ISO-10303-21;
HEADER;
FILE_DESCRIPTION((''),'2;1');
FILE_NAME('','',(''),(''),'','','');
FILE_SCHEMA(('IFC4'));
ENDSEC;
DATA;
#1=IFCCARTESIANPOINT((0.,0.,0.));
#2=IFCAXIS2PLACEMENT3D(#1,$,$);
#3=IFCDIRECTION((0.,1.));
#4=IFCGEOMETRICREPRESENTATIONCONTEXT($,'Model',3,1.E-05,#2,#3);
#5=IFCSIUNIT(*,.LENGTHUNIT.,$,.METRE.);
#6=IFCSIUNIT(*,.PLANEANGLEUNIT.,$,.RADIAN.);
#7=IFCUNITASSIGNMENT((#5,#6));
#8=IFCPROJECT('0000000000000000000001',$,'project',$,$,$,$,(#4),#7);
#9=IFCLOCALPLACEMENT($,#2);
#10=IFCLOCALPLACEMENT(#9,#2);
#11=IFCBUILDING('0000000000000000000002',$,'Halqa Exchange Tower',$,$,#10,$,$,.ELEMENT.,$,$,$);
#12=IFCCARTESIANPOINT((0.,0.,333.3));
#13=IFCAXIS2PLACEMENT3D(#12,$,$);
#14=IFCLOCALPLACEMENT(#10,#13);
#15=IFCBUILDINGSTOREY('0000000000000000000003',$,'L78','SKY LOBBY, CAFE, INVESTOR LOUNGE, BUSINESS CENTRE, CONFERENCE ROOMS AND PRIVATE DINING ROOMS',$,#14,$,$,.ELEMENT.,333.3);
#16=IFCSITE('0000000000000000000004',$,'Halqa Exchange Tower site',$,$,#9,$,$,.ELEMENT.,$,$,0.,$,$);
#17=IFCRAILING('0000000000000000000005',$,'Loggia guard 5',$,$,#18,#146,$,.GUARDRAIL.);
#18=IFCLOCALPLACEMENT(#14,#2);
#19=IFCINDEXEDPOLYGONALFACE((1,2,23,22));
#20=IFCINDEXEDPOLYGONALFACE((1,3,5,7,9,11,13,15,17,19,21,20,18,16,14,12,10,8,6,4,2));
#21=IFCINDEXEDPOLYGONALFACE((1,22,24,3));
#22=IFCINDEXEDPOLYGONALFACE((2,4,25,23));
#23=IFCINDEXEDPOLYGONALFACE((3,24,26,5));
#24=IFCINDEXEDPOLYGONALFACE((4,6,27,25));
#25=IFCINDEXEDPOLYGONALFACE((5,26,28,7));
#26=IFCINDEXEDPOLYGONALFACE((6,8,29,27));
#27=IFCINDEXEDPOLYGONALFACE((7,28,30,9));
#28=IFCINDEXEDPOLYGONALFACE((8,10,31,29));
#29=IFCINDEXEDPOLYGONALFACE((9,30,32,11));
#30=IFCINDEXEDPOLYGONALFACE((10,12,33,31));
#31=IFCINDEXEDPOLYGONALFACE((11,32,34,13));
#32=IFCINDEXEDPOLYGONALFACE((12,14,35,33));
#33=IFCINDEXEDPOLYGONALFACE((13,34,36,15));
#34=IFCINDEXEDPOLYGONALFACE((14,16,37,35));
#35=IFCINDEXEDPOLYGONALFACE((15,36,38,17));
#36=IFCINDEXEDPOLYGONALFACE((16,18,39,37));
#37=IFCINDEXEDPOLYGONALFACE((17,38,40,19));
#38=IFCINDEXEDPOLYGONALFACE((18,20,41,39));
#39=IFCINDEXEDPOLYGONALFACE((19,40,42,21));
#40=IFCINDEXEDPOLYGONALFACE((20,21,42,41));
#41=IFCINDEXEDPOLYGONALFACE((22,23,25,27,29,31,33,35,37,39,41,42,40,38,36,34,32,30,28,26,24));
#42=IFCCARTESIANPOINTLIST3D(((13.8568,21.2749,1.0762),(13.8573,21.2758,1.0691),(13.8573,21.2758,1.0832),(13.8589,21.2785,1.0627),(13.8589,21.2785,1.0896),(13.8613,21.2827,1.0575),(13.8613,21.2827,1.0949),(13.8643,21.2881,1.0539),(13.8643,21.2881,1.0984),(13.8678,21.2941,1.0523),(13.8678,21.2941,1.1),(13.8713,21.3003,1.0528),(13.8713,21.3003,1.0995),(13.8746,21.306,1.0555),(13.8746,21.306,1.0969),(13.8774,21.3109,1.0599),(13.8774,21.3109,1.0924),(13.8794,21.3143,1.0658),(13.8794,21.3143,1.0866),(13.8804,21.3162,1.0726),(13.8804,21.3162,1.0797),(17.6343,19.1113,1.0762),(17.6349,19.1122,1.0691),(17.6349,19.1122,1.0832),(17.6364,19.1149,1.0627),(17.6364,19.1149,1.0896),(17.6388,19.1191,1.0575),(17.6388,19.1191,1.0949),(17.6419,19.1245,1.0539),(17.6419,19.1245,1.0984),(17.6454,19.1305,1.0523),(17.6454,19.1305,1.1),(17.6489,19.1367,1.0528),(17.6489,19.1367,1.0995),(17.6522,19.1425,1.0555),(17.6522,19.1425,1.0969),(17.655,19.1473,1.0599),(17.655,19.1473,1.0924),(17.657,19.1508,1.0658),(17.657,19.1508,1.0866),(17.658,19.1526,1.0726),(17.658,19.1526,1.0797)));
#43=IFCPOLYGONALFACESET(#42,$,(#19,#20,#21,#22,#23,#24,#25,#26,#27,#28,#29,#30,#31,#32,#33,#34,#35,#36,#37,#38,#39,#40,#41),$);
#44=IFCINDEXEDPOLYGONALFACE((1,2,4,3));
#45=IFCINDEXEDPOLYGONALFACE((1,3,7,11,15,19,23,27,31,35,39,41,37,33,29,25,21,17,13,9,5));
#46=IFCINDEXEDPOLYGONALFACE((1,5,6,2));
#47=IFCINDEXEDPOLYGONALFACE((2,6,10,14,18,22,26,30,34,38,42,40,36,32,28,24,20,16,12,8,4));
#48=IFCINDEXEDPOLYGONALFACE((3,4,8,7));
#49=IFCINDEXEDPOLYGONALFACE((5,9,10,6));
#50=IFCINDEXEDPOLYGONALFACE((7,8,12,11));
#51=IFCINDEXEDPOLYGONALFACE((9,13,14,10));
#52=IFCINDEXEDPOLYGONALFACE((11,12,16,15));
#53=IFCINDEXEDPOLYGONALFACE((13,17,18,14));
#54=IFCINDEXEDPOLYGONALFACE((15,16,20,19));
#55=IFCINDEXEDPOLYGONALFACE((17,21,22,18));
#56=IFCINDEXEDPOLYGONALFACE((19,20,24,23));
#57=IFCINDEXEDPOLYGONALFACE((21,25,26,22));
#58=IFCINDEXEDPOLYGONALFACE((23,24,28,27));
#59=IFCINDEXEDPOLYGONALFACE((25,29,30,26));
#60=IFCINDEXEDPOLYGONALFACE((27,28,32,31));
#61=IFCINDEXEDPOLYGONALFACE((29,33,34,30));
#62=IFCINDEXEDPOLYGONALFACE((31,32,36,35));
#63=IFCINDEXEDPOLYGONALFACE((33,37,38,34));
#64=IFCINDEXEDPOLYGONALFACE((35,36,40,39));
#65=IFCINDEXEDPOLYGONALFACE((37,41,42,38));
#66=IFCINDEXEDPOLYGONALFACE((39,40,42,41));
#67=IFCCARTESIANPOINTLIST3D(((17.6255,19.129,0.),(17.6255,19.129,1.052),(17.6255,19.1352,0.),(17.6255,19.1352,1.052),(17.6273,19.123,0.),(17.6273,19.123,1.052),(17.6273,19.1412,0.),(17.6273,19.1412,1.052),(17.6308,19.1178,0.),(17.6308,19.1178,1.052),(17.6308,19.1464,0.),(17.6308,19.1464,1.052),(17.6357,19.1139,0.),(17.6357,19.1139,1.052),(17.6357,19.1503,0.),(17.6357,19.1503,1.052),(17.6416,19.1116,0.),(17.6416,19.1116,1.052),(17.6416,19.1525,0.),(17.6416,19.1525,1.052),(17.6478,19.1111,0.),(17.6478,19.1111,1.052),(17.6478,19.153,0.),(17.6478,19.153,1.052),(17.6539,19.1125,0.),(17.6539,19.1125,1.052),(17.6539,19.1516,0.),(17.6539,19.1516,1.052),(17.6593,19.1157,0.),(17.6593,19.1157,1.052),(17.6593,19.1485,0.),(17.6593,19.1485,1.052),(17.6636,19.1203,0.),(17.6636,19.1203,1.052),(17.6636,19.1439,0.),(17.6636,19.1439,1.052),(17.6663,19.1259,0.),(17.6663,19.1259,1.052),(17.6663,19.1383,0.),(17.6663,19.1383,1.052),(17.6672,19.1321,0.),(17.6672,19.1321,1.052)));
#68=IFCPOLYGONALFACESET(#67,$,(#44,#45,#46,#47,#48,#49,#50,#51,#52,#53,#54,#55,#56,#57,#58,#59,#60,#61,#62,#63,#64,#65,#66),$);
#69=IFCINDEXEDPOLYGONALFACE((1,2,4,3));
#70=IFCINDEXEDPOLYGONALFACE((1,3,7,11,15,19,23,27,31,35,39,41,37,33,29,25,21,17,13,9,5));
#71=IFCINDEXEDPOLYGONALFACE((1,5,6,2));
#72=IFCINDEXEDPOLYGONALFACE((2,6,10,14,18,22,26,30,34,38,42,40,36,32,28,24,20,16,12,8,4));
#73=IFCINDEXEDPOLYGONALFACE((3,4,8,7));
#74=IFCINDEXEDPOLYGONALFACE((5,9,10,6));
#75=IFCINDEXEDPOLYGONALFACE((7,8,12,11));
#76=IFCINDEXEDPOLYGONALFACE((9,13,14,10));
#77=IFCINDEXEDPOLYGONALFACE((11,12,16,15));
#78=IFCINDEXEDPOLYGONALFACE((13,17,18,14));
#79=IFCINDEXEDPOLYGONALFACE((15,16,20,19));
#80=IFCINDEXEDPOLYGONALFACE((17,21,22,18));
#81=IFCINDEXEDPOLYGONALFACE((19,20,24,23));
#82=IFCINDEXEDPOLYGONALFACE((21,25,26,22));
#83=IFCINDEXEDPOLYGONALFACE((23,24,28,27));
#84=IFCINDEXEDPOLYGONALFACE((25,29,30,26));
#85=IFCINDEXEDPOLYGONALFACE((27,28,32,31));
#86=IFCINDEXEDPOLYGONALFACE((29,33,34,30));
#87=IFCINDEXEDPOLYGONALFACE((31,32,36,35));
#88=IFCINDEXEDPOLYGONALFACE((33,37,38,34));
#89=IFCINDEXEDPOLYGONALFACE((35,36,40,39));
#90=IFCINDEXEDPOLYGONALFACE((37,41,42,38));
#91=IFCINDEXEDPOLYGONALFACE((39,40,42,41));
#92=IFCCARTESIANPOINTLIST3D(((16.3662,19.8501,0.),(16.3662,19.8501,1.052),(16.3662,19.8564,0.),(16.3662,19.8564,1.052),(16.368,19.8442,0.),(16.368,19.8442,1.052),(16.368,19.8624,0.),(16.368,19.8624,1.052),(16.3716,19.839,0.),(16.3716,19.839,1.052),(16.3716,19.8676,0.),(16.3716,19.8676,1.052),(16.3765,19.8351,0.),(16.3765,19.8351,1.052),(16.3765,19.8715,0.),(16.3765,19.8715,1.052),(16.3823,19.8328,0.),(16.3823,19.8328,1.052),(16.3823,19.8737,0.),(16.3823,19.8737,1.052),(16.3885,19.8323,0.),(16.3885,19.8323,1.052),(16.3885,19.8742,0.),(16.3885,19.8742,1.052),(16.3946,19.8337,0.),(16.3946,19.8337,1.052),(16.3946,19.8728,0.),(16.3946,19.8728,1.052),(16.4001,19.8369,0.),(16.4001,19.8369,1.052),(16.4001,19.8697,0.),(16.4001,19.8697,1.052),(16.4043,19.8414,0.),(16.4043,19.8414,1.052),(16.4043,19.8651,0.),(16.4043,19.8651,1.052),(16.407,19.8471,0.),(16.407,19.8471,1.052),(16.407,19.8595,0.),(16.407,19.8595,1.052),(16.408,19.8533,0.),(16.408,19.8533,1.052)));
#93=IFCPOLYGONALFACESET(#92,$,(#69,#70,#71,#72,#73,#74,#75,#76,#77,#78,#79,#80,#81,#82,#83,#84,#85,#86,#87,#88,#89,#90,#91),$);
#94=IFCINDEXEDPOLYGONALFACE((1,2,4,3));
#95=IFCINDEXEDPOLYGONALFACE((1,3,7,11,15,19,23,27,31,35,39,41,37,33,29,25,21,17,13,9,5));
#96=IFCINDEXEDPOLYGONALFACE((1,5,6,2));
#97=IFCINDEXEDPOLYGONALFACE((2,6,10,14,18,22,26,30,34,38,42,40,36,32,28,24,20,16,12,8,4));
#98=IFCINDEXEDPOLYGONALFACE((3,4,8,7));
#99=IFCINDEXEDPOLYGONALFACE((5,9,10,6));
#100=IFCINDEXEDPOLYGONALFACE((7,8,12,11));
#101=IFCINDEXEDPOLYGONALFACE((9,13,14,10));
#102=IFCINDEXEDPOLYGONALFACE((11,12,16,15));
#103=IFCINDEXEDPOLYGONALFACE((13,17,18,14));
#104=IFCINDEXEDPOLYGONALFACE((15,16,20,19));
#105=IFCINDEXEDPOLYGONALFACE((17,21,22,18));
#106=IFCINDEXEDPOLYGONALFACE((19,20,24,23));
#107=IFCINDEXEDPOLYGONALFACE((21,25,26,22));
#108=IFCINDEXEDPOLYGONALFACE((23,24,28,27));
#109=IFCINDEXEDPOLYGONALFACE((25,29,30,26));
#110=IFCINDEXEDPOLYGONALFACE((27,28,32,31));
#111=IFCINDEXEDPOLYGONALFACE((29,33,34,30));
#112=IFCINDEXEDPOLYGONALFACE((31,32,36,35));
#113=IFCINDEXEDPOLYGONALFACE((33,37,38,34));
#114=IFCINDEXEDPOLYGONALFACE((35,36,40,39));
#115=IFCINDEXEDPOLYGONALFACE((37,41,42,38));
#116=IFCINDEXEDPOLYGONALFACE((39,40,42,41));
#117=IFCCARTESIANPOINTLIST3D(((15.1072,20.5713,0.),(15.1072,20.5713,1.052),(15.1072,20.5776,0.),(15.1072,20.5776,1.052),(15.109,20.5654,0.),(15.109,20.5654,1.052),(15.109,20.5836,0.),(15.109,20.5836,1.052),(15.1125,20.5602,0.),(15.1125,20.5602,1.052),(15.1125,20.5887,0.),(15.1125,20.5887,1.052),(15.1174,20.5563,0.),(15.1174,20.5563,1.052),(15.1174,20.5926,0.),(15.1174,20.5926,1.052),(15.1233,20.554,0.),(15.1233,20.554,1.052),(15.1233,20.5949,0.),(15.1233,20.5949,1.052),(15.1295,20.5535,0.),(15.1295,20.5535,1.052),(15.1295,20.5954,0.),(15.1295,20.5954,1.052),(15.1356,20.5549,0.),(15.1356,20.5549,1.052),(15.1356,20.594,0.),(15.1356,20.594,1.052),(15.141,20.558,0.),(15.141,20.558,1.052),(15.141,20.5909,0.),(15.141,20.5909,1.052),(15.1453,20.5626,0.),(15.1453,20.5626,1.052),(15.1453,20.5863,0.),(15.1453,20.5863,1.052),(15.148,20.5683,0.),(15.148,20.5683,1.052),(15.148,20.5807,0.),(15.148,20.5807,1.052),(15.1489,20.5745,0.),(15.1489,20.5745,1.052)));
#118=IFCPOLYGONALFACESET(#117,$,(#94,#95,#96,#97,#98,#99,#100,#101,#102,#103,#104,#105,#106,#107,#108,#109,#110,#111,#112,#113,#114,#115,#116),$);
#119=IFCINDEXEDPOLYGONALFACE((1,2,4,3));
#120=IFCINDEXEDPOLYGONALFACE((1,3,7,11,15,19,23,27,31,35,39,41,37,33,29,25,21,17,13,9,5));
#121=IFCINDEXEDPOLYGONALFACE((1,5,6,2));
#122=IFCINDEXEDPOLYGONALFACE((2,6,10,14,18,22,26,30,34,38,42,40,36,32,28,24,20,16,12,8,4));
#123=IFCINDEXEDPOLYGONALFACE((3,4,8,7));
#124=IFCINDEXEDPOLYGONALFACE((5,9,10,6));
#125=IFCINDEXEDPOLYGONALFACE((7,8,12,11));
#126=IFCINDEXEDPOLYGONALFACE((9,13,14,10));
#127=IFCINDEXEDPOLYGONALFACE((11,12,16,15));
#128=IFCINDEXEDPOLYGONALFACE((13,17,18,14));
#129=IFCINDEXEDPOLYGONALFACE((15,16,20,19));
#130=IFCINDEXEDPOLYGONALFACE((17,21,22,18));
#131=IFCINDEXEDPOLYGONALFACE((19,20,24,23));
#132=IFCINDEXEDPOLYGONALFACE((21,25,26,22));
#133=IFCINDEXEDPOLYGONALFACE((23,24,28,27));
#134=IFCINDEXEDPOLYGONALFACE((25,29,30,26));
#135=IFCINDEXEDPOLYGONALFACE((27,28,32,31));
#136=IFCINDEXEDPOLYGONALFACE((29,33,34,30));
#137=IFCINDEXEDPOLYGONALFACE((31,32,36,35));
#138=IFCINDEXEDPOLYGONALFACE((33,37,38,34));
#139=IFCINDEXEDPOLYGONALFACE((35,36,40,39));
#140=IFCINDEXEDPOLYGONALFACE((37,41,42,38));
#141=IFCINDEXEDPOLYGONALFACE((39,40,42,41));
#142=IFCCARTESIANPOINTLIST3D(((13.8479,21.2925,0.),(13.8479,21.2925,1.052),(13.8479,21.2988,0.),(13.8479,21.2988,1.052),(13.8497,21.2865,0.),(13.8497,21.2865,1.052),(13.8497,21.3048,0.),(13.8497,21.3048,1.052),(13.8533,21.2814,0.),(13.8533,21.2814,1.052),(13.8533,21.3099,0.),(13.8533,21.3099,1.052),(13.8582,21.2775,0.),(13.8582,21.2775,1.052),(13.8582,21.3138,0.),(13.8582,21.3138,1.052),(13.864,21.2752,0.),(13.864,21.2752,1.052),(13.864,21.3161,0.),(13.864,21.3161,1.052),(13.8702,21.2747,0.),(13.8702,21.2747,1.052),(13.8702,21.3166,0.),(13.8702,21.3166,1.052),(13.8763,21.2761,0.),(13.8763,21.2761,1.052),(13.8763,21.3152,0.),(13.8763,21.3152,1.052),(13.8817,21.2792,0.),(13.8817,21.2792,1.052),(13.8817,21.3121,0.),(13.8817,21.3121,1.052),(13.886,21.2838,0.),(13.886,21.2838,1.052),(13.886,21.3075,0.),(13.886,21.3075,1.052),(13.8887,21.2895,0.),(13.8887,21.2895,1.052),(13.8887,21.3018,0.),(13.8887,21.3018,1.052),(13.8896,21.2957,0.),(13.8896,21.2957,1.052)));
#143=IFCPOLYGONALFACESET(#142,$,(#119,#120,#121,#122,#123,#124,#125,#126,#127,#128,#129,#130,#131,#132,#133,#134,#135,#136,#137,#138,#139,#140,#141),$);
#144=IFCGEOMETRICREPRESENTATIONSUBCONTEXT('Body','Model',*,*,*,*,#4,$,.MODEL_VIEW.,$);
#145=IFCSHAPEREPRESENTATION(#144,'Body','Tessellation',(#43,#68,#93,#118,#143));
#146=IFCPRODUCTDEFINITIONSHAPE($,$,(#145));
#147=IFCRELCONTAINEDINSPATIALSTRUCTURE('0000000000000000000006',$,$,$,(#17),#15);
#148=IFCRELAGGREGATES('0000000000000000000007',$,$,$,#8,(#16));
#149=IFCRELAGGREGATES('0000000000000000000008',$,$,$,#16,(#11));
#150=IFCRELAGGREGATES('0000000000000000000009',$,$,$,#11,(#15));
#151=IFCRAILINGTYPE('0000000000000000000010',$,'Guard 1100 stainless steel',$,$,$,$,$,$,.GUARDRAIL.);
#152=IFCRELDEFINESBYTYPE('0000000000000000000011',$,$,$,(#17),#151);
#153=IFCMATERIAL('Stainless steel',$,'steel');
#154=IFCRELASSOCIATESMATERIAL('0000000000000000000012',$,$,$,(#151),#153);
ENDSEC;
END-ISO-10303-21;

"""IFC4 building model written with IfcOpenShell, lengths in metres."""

from ifc_helpers import new_model, si_unit, direction, frame, origin, origin_2d, place, context, subcontext, project, spatial, circle, extrude, material, type_object, element, save


model = new_model("IFC4")

# Units and contexts
model_context = context("Model", 3, precision=1e-05, world=origin(), true_north=direction((0.0, 1.0)))
body_context = subcontext(model_context, "Body", "Model", "MODEL_VIEW")
ifc_project = project(units=[si_unit("LENGTHUNIT", "METRE"), si_unit("PLANEANGLEUNIT", "RADIAN")], contexts=[model_context])

# Site, building, storey
site_placement = place(None, origin())
site = spatial("IfcSite", under=ifc_project, at=site_placement, Name="Halqa Exchange Tower site", CompositionType="ELEMENT", RefElevation=0.0)
building_placement = place(site_placement, origin())
building = spatial("IfcBuilding", under=site, at=building_placement, Name="Halqa Exchange Tower", CompositionType="ELEMENT")
storey_placement = place(building_placement, frame((0.0, 0.0, 333.3)))
storey = spatial("IfcBuildingStorey", under=building, at=storey_placement, Name="L78", Description="SKY LOBBY, CAFE, INVESTOR LOUNGE, BUSINESS CENTRE, CONFERENCE ROOMS AND PRIVATE DINING ROOMS", CompositionType="ELEMENT", Elevation=333.3)

# Railing
ifc_material_1 = material(Name="Stainless steel", Category="steel")
railing_type = type_object("IfcRailingType", Name="Guard 1100 stainless steel", PredefinedType="GUARDRAIL", material=ifc_material_1)
railing_1_placement = place(storey_placement, frame((17.6462, 19.1321, 0.0)))
element("IfcRailing", 1, at=railing_1_placement, inside=storey, type_object=railing_type, Name="Loggia guard 5", PredefinedType="GUARDRAIL", context=body_context, shape_type="SweptSolid", body=[
    extrude(circle(Radius=0.0239, at=origin_2d()), frame((0.0, 0.0, 1.0762), z_axis=(-0.867753, 0.496996, 0.0), x_axis=(-0.496996, -0.867753, 0.0)), (0.0, 0.0, 1.0), 4.3533),
    extrude(circle(Radius=0.021, at=origin_2d()), origin(), (0.0, 0.0, 1.0), 1.052),
    extrude(circle(Radius=0.021, at=origin_2d()), frame((-1.2593, 0.7212, 0.0)), (0.0, 0.0, 1.0), 1.052),
    extrude(circle(Radius=0.021, at=origin_2d()), frame((-2.5183, 1.4424, 0.0)), (0.0, 0.0, 1.0), 1.052),
    extrude(circle(Radius=0.021, at=origin_2d()), frame((-3.7776, 2.1636, 0.0)), (0.0, 0.0, 1.0), 1.052),
])

save(model, "model.ifc")
